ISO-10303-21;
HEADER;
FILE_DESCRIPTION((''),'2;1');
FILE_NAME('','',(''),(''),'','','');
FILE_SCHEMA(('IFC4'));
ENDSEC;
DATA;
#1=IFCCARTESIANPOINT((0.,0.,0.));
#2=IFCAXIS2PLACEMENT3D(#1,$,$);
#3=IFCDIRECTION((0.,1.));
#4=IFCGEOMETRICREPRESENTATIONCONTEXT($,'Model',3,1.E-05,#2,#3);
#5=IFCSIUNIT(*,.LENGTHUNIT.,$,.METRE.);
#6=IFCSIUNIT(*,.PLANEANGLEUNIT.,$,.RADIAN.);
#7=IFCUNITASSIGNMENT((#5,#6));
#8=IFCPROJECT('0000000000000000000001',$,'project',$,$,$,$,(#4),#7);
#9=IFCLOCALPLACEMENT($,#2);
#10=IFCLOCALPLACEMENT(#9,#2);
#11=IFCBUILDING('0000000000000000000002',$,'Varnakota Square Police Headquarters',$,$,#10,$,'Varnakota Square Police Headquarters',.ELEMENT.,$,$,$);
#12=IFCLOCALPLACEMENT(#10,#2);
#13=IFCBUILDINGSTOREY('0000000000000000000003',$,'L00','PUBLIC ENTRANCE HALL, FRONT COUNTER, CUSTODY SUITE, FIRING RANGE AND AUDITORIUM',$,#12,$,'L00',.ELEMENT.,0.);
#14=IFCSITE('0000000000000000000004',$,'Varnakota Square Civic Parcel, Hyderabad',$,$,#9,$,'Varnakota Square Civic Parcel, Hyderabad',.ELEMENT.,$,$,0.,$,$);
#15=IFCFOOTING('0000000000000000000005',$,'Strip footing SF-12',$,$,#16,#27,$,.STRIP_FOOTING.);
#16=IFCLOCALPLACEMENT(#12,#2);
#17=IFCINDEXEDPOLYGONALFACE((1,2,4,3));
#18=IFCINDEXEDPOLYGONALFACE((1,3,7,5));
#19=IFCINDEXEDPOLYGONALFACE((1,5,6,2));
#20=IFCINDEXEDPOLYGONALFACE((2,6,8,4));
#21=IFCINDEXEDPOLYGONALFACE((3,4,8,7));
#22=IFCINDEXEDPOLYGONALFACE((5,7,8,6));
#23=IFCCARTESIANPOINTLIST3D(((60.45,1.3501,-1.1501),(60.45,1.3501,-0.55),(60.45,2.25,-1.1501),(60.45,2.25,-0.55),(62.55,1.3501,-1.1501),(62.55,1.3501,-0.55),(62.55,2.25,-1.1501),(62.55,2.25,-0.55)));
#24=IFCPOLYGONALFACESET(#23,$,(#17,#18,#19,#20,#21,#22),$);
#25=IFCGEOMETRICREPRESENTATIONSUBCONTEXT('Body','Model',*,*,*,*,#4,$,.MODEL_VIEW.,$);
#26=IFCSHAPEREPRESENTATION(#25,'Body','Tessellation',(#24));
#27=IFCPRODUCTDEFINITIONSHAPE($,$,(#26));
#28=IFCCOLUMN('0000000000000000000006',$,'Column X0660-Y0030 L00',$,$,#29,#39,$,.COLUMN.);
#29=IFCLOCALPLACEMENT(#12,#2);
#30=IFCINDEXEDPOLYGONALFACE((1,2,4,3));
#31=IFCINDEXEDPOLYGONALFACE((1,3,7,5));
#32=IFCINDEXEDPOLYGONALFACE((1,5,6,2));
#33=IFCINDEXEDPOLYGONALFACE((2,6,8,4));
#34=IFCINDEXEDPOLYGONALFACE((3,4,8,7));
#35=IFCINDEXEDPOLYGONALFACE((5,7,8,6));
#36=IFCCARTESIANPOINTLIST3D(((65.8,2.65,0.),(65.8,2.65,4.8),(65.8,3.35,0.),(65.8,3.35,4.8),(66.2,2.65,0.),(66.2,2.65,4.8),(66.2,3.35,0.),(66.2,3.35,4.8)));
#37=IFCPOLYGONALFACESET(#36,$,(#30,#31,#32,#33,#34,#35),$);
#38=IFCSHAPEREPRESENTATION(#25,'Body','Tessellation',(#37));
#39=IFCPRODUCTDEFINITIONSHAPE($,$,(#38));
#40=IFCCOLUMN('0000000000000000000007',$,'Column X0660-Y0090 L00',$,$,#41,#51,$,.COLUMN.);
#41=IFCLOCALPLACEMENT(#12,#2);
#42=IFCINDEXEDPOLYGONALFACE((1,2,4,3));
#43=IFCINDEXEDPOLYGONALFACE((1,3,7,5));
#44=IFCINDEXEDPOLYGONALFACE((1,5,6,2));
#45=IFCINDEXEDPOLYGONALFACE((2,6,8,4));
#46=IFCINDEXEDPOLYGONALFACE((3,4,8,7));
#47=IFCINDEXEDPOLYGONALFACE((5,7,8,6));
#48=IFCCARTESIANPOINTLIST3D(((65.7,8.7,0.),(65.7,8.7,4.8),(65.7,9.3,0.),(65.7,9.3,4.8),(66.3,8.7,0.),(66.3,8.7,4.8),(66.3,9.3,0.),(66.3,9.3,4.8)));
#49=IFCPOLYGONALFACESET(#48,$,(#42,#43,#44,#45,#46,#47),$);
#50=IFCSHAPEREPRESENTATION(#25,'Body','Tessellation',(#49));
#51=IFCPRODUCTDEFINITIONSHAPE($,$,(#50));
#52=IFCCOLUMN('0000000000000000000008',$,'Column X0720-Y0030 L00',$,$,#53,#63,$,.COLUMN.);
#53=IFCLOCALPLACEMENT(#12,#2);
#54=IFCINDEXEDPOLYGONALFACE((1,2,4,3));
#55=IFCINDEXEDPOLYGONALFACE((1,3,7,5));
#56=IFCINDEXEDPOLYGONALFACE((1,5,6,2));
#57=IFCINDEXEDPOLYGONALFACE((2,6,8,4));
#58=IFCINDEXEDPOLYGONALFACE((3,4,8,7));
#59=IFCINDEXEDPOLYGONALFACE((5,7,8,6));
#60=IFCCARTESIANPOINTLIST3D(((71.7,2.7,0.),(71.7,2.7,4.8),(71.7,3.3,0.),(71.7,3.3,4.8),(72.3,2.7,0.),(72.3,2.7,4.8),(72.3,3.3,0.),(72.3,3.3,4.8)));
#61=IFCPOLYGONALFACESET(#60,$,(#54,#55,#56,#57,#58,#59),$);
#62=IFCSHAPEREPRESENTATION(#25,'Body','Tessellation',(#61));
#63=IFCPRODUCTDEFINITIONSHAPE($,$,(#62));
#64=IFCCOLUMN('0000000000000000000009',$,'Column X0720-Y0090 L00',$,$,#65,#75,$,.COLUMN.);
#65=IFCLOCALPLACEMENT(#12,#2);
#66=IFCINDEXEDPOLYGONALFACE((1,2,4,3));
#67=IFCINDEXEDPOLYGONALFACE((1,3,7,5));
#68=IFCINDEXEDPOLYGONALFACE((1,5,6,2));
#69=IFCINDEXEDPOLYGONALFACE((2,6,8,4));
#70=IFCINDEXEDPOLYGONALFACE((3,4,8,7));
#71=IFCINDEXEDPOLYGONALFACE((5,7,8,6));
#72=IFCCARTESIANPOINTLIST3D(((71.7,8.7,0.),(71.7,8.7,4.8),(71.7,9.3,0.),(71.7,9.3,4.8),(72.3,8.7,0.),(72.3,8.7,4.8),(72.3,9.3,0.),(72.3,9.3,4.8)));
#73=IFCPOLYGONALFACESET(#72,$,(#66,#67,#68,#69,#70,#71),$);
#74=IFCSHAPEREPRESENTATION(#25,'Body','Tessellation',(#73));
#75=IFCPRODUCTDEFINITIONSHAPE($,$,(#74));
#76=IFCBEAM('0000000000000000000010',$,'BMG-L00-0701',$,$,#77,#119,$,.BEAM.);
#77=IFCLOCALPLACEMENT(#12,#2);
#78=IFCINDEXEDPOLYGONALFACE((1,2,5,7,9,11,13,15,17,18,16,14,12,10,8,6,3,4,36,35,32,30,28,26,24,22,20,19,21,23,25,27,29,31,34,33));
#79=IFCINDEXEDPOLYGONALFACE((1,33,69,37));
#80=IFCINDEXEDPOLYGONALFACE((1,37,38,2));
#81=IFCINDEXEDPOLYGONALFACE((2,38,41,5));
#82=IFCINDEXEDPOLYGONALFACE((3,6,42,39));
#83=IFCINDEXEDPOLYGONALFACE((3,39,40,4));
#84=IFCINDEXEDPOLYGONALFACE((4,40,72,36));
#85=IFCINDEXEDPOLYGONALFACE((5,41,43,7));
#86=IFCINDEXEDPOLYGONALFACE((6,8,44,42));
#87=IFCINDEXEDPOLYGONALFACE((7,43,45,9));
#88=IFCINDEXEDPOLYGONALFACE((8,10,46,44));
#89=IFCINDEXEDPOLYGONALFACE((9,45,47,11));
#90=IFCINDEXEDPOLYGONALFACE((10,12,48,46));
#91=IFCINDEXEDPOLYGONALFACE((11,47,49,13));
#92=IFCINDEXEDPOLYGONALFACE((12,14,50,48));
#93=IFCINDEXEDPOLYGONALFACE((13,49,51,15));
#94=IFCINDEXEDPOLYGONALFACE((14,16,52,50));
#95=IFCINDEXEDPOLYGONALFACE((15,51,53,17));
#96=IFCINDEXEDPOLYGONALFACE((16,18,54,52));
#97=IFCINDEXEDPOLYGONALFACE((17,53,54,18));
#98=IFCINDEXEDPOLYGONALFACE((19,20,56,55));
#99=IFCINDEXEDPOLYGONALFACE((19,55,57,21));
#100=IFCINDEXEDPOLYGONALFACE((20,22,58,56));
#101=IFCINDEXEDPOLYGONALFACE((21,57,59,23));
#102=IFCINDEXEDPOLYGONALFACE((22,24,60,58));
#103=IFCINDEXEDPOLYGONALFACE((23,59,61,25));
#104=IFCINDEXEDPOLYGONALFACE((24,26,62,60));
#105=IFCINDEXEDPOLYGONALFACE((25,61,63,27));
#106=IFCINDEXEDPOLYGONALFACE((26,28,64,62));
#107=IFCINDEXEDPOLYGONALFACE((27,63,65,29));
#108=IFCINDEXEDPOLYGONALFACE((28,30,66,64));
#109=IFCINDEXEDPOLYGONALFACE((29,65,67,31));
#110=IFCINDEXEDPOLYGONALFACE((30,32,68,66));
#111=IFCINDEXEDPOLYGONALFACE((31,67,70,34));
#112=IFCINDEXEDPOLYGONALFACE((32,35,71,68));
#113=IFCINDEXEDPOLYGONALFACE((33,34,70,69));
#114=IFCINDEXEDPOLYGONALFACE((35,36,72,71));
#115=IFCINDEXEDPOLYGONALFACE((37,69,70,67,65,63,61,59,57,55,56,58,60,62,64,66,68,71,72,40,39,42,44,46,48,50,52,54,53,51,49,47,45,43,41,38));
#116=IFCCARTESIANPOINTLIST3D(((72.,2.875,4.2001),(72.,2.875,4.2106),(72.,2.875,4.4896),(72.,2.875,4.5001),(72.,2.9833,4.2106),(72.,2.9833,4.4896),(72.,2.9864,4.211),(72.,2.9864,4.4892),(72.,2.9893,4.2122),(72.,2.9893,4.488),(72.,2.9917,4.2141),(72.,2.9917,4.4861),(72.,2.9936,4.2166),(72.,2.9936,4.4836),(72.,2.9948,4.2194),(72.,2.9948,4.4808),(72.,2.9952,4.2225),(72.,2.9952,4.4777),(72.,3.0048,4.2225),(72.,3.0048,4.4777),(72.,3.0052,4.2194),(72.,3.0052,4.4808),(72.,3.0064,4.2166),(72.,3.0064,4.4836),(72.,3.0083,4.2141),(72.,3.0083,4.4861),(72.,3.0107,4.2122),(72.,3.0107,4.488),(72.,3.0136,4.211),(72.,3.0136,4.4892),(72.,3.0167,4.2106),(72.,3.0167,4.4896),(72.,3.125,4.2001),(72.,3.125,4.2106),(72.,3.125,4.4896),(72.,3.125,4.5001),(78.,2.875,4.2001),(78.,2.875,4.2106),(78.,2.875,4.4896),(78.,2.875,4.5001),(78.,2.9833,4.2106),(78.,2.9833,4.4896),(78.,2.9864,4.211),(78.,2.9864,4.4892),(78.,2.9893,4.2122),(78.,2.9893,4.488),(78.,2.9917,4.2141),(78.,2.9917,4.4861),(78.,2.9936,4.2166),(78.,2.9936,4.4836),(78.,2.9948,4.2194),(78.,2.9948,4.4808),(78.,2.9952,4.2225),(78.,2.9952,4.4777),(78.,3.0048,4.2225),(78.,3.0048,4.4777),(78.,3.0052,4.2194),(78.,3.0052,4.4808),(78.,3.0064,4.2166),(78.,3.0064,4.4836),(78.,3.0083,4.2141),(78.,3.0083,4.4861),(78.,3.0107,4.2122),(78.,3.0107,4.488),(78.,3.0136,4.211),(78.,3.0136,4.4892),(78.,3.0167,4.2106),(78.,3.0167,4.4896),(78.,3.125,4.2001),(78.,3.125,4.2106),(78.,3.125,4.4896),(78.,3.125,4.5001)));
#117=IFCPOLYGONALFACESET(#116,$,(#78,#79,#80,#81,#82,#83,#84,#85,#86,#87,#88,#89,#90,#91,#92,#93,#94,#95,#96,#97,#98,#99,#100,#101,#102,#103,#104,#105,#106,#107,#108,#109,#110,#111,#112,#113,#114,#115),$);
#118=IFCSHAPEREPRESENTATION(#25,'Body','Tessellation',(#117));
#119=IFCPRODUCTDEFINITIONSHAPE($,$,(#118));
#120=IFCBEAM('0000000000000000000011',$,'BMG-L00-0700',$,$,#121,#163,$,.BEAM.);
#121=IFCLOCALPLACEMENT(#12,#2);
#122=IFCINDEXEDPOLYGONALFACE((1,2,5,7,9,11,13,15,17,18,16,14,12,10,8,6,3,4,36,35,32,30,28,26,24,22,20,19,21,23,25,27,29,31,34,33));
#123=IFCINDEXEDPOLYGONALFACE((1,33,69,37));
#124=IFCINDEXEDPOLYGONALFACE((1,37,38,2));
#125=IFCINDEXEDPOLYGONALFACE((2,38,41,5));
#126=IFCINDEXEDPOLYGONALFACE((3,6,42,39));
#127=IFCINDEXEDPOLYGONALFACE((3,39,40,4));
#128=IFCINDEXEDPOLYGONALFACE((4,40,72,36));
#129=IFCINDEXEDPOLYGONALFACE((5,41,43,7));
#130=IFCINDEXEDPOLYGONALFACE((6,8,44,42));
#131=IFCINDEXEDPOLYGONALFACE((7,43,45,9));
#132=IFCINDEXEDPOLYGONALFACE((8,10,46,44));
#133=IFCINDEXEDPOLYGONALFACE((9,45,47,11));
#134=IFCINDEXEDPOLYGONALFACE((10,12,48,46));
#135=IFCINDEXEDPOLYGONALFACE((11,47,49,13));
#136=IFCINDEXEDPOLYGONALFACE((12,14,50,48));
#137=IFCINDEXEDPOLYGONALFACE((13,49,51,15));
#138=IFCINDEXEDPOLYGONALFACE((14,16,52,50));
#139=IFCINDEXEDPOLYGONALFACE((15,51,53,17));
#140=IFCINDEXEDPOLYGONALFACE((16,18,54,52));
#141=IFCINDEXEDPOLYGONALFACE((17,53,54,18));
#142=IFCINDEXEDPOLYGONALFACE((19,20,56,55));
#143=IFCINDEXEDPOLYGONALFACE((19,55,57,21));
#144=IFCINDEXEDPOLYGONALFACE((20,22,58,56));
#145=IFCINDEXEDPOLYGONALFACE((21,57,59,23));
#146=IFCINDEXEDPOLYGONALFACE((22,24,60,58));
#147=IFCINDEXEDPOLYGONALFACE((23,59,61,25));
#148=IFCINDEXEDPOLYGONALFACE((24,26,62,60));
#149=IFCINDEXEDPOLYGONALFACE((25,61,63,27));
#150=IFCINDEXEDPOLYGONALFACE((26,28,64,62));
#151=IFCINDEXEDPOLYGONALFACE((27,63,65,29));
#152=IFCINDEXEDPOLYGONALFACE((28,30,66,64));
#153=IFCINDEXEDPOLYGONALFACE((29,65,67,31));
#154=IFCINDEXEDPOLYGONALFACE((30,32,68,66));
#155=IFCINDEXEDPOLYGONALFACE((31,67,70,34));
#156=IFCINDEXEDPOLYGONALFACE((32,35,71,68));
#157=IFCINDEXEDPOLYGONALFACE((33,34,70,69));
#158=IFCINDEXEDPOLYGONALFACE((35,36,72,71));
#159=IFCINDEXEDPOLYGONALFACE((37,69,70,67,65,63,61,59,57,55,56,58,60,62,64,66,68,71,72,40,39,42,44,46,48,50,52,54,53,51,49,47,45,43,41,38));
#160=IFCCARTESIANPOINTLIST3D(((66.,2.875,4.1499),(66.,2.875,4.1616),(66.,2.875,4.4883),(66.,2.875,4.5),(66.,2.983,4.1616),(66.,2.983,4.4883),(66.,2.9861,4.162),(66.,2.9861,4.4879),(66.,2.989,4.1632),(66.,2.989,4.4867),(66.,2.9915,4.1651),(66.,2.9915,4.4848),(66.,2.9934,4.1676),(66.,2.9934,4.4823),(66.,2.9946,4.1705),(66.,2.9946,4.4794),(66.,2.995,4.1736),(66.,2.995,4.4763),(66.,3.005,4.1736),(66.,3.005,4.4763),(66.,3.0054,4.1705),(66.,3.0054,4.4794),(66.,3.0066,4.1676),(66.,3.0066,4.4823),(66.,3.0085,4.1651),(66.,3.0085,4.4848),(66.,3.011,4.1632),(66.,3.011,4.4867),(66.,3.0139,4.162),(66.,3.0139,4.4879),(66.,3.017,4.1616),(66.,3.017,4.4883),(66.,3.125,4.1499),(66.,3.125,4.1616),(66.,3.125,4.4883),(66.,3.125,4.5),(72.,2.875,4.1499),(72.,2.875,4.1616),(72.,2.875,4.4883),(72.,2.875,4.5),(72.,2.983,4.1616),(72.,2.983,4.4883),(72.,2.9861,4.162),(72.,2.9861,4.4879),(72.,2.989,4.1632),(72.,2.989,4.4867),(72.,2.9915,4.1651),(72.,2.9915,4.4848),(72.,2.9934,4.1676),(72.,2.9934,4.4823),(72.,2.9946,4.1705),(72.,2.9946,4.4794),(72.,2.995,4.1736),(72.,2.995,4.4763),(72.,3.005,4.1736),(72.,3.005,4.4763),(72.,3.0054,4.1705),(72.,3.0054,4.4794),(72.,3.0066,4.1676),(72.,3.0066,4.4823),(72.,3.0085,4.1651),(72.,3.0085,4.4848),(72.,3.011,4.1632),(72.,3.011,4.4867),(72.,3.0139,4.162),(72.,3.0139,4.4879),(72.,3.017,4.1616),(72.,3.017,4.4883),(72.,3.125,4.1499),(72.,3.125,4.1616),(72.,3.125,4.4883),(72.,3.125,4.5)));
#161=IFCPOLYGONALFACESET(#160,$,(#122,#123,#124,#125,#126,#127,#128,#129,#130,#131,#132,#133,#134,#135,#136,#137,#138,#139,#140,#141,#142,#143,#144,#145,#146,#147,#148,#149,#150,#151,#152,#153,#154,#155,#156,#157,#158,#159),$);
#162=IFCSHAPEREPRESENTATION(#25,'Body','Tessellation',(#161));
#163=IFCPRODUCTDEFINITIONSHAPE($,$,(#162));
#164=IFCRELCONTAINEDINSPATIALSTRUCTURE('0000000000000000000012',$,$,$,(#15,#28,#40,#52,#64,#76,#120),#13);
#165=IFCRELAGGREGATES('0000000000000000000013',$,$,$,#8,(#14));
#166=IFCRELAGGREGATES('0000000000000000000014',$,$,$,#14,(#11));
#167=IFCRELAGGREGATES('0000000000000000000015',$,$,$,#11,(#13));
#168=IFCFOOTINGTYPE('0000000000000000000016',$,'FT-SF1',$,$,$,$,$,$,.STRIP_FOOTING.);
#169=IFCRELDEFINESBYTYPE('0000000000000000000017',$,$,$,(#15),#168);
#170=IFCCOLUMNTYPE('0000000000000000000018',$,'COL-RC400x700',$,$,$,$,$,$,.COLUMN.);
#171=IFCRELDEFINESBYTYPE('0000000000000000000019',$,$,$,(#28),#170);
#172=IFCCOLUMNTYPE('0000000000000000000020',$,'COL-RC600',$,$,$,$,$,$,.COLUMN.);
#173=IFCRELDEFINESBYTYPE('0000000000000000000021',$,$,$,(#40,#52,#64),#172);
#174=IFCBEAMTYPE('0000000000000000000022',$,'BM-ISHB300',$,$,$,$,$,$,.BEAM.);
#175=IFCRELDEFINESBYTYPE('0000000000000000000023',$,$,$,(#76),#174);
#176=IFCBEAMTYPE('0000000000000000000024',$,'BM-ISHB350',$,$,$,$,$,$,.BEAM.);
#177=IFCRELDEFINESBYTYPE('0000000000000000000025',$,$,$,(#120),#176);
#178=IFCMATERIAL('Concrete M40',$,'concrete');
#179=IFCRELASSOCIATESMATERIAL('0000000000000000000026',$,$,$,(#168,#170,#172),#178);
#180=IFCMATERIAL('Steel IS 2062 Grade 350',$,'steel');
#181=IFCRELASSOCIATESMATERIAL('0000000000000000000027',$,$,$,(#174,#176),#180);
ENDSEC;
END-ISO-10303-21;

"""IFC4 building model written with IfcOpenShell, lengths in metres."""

from ifc_helpers import new_model, si_unit, direction, frame, origin, origin_2d, place, context, subcontext, project, spatial, rectangle, i_section, extrude, material, material_profile, profile_set, type_object, element, save


model = new_model("IFC4")

# Units and contexts
model_context = context("Model", 3, precision=1e-05, world=origin(), true_north=direction((0.0, 1.0)))
body_context = subcontext(model_context, "Body", "Model", "MODEL_VIEW")
ifc_project = project(units=[si_unit("LENGTHUNIT", "METRE"), si_unit("PLANEANGLEUNIT", "RADIAN")], contexts=[model_context])

# Site, building, storey
site_placement = place(None, origin())
site = spatial("IfcSite", under=ifc_project, at=site_placement, Name="Varnakota Square Civic Parcel, Hyderabad", LongName="Varnakota Square Civic Parcel, Hyderabad", CompositionType="ELEMENT", RefElevation=0.0)
building_placement = place(site_placement, origin())
building = spatial("IfcBuilding", under=site, at=building_placement, Name="Varnakota Square Police Headquarters", LongName="Varnakota Square Police Headquarters", CompositionType="ELEMENT")
storey_placement = place(building_placement, origin())
storey = spatial("IfcBuildingStorey", under=building, at=storey_placement, Name="L00", Description="PUBLIC ENTRANCE HALL, FRONT COUNTER, CUSTODY SUITE, FIRING RANGE AND AUDITORIUM", LongName="L00", CompositionType="ELEMENT", Elevation=0.0)

# Footing
ifc_material_1 = material(Name="Concrete M40", Category="concrete")
ifc_material_profile_1 = material_profile(ifc_material_1, rectangle(XDim=0.8999, YDim=0.6001, at=origin_2d()), Name="SF 900x600")
ifc_profile_set_1 = profile_set([ifc_material_profile_1], Name="Concrete M40")
footing_type = type_object("IfcFootingType", Name="FT-SF1", PredefinedType="STRIP_FOOTING", material=ifc_profile_set_1)
footing_placement = place(storey_placement, frame((62.55, 1.8, -0.8501), z_axis=(-1.0, 0.0, 0.0), x_axis=(0.0, -1.0, 0.0)))
element("IfcFooting", 1, at=footing_placement, inside=storey, type_object=footing_type, Name="Strip footing SF-12", PredefinedType="STRIP_FOOTING", context=body_context, shape_type="SweptSolid", body=[
    extrude(rectangle(XDim=0.8999, YDim=0.6001, at=origin_2d()), origin(), (0.0, 0.0, 1.0), 2.1001),
])

# Columns
ifc_material_profile_2 = material_profile(ifc_material_1, rectangle(XDim=0.3999, YDim=0.7, at=origin_2d()), Name="RC 400x700")
ifc_profile_set_2 = profile_set([ifc_material_profile_2], Name="Concrete M40")
column_type_1 = type_object("IfcColumnType", Name="COL-RC400x700", PredefinedType="COLUMN", material=ifc_profile_set_2)
column_placement = place(storey_placement, frame((66.0, 3.0, 0.0), z_axis=(0.0, 0.0, 1.0), x_axis=(1.0, 0.0, 0.0)))
element("IfcColumn", 2, at=column_placement, inside=storey, type_object=column_type_1, Name="Column X0660-Y0030 L00", PredefinedType="COLUMN", context=body_context, shape_type="SweptSolid", body=[
    extrude(rectangle(XDim=0.3999, YDim=0.7, at=origin_2d()), origin(), (0.0, 0.0, 1.0), 4.8),
])
ifc_material_profile_3 = material_profile(ifc_material_1, rectangle(XDim=0.6001, YDim=0.6001, at=origin_2d()), Name="RC 600x600")
ifc_profile_set_3 = profile_set([ifc_material_profile_3], Name="Concrete M40")
column_type_2 = type_object("IfcColumnType", Name="COL-RC600", PredefinedType="COLUMN", material=ifc_profile_set_3)
for number, where, z_axis, x_axis, name in (
    (3, (66.0, 9.0, 0.0), (0.0, 0.0, 1.0), (1.0, 0.0, 0.0), "Column X0660-Y0090 L00"),
    (4, (72.0, 3.0, 0.0), (0.0, 0.0, 1.0), (1.0, 0.0, 0.0), "Column X0720-Y0030 L00"),
    (5, (72.0, 9.0, 0.0), (0.0, 0.0, 1.0), (1.0, 0.0, 0.0), "Column X0720-Y0090 L00"),
):
    element("IfcColumn", number, at=place(storey_placement, frame(where, z_axis=z_axis, x_axis=x_axis)), inside=storey, type_object=column_type_2, Name=name, PredefinedType="COLUMN", context=body_context, shape_type="SweptSolid", body=[
        extrude(rectangle(XDim=0.6001, YDim=0.6001, at=origin_2d()), origin(), (0.0, 0.0, 1.0), 4.8),
    ])

# Beams
ifc_material_2 = material(Name="Steel IS 2062 Grade 350", Category="steel")
ifc_material_profile_4 = material_profile(ifc_material_2, i_section(OverallWidth=0.25, OverallDepth=0.3, WebThickness=0.0095, FlangeThickness=0.0105, FilletRadius=0.012, at=origin_2d()), Name="ISHB 300")
ifc_profile_set_4 = profile_set([ifc_material_profile_4], Name="Steel IS 2062 Grade 350")
beam_type_1 = type_object("IfcBeamType", Name="BM-ISHB300", PredefinedType="BEAM", material=ifc_profile_set_4)
beam_1_placement = place(storey_placement, frame((72.0, 3.0, 4.3501), z_axis=(1.0, 0.0, 0.0), x_axis=(0.0, 1.0, 0.0)))
element("IfcBeam", 6, at=beam_1_placement, inside=storey, type_object=beam_type_1, Name="BMG-L00-0701", PredefinedType="BEAM", context=body_context, shape_type="SweptSolid", body=[
    extrude(i_section(OverallWidth=0.25, OverallDepth=0.3, WebThickness=0.0095, FlangeThickness=0.0105, FilletRadius=0.012, at=origin_2d()), origin(), (0.0, 0.0, 1.0), 6.0),
])
ifc_material_profile_5 = material_profile(ifc_material_2, i_section(OverallWidth=0.25, OverallDepth=0.3501, WebThickness=0.01, FlangeThickness=0.0117, FilletRadius=0.012, at=origin_2d()), Name="ISHB 350")
ifc_profile_set_5 = profile_set([ifc_material_profile_5], Name="Steel IS 2062 Grade 350")
beam_type_2 = type_object("IfcBeamType", Name="BM-ISHB350", PredefinedType="BEAM", material=ifc_profile_set_5)
beam_2_placement = place(storey_placement, frame((66.0, 3.0, 4.325), z_axis=(1.0, 0.0, 0.0), x_axis=(0.0, 1.0, 0.0)))
element("IfcBeam", 7, at=beam_2_placement, inside=storey, type_object=beam_type_2, Name="BMG-L00-0700", PredefinedType="BEAM", context=body_context, shape_type="SweptSolid", body=[
    extrude(i_section(OverallWidth=0.25, OverallDepth=0.3501, WebThickness=0.01, FlangeThickness=0.0117, FilletRadius=0.012, at=origin_2d()), origin(), (0.0, 0.0, 1.0), 6.0),
])

save(model, "model.ifc")
